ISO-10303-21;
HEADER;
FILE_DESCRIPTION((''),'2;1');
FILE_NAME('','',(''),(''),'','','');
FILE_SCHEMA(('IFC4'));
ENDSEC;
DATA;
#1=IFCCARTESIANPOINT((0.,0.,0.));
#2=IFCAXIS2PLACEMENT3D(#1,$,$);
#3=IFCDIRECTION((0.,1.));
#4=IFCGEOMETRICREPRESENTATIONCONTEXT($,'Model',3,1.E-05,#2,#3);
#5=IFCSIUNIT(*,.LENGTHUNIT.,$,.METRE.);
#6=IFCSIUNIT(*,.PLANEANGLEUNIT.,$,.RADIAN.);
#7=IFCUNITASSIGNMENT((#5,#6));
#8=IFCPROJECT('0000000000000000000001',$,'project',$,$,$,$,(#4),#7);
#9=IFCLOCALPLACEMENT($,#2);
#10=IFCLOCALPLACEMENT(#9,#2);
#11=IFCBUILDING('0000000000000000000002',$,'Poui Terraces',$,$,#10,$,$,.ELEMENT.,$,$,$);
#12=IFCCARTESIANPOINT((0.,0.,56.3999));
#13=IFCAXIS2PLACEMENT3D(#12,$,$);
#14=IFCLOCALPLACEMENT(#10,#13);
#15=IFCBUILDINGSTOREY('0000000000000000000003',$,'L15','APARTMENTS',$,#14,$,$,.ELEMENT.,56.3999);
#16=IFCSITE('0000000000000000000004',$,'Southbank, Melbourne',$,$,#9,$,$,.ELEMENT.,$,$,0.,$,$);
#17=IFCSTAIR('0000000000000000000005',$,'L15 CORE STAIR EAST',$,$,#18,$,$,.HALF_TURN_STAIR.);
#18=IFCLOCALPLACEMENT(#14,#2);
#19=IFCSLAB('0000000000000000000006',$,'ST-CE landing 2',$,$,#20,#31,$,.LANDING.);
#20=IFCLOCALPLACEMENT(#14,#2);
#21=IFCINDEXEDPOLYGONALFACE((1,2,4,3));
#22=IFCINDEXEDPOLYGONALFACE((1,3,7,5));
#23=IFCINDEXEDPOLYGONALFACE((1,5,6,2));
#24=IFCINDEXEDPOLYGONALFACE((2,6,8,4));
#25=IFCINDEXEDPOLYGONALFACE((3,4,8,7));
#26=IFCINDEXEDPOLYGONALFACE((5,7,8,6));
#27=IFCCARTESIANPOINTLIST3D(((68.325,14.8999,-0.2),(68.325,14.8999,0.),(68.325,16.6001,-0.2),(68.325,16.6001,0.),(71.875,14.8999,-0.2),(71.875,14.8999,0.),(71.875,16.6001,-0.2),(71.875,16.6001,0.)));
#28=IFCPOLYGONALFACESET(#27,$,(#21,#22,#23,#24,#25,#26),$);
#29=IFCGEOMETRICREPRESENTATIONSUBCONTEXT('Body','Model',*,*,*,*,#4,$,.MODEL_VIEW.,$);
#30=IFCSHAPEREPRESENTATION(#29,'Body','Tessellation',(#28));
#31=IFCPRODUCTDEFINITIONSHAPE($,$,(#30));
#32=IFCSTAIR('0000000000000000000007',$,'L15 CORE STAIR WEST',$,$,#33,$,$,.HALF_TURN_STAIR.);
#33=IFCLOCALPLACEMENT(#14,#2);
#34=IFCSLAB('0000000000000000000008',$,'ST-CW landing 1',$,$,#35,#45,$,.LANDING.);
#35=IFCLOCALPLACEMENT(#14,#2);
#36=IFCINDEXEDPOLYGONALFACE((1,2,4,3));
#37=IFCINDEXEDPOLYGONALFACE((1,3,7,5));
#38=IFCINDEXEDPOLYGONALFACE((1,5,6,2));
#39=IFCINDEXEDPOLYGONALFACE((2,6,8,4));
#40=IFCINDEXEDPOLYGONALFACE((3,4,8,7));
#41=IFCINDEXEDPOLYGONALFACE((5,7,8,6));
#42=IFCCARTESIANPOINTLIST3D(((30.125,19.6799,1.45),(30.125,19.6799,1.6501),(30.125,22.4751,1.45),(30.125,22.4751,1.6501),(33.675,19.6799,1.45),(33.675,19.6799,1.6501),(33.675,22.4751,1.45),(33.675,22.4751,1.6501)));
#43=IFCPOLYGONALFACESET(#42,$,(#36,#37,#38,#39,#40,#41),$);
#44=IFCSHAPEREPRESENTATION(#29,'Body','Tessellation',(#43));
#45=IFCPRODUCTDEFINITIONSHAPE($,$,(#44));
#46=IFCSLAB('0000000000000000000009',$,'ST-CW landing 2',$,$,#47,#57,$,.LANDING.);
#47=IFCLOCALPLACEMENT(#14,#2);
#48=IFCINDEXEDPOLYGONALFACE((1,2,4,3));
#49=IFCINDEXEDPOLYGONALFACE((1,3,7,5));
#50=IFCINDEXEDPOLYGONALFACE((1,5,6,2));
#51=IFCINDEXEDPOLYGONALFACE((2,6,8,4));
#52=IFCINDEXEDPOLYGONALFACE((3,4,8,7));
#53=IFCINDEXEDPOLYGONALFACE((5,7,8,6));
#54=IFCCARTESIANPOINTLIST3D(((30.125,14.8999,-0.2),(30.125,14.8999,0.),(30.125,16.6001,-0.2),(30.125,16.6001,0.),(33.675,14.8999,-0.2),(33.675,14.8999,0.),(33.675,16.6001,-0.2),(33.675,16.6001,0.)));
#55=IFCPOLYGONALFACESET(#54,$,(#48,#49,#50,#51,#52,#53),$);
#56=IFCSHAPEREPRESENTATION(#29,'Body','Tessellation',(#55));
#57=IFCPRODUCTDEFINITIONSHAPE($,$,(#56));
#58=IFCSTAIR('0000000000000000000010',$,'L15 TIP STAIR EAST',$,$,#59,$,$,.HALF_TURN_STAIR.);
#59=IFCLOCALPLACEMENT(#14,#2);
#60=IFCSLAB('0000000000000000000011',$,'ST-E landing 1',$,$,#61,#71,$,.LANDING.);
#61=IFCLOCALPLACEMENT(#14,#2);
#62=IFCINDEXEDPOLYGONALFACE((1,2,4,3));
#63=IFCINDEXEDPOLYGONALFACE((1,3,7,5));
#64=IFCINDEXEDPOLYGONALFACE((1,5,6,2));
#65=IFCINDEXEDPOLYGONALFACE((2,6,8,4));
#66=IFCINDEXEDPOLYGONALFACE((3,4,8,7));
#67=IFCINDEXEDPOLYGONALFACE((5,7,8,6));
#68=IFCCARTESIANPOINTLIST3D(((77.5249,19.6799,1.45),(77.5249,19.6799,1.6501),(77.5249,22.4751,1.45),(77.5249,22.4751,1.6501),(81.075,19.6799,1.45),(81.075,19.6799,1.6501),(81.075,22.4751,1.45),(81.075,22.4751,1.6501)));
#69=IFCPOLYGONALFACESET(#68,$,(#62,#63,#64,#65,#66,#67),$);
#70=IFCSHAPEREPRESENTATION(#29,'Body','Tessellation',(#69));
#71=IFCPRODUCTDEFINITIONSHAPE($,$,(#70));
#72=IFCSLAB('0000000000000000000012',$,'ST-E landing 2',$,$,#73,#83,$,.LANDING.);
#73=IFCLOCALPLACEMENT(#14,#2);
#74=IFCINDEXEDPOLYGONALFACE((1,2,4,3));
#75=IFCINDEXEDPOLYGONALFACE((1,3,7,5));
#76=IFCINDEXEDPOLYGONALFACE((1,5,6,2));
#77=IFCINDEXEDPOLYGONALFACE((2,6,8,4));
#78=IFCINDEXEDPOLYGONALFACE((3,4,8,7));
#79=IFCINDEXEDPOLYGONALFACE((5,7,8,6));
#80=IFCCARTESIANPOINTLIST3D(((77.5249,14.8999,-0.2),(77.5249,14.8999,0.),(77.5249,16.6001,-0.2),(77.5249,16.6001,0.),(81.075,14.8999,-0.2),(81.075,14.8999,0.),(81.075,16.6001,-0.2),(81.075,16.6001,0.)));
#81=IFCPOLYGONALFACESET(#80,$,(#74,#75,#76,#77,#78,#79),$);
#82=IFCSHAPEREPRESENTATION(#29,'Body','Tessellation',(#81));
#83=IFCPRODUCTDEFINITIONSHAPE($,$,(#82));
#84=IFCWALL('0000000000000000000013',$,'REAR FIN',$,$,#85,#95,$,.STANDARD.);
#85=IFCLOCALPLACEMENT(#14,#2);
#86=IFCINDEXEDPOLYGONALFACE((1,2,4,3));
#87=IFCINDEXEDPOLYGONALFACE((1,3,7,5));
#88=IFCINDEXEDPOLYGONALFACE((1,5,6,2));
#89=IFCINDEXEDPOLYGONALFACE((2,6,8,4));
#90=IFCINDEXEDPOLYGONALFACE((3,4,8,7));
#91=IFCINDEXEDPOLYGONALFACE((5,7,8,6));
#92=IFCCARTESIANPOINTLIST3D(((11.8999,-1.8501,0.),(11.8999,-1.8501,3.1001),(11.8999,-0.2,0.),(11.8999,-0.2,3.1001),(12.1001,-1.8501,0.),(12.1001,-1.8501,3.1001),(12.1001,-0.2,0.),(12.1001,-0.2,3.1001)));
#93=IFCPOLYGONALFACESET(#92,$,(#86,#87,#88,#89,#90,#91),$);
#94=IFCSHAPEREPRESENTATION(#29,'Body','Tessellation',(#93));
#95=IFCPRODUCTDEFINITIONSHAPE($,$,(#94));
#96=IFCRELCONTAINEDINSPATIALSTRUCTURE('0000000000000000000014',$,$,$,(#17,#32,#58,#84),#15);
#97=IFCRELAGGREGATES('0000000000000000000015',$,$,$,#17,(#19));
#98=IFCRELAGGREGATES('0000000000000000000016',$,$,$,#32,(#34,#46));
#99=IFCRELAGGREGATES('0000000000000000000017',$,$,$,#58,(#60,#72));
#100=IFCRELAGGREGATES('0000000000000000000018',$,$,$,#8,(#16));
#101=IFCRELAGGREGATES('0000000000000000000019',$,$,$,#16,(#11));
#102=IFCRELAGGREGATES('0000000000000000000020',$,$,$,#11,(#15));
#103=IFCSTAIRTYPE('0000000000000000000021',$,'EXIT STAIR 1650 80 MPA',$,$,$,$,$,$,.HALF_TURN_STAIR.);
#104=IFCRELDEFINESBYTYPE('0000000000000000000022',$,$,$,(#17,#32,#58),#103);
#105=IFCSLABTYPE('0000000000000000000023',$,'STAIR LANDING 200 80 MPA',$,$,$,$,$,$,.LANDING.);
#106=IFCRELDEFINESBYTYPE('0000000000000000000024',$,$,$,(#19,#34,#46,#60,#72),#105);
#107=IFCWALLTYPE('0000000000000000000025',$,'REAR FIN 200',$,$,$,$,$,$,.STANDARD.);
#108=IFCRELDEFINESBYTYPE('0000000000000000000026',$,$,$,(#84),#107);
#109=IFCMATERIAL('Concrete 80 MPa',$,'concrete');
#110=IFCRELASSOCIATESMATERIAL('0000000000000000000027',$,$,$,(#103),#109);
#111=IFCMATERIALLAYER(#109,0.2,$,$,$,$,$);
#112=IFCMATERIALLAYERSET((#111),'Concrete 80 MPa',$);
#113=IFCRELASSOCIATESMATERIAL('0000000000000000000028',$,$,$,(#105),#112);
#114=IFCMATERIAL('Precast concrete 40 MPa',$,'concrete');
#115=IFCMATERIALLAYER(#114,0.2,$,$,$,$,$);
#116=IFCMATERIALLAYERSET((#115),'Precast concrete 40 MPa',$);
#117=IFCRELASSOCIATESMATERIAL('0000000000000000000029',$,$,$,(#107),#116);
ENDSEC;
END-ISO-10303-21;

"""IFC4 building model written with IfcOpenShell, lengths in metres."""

from ifc_helpers import new_model, si_unit, direction, frame, origin, place, context, subcontext, project, spatial, polyline, outline, extrude, source, transform, mapped, material, layer, layer_set, type_object, element, aggregate, save


model = new_model("IFC4")

# Units and contexts
model_context = context("Model", 3, precision=1e-05, world=origin(), true_north=direction((0.0, 1.0)))
body_context = subcontext(model_context, "Body", "Model", "MODEL_VIEW")
ifc_project = project(units=[si_unit("LENGTHUNIT", "METRE"), si_unit("PLANEANGLEUNIT", "RADIAN")], contexts=[model_context])

# Site, building, storey
site_placement = place(None, origin())
site = spatial("IfcSite", under=ifc_project, at=site_placement, Name="Southbank, Melbourne", CompositionType="ELEMENT", RefElevation=0.0)
building_placement = place(site_placement, origin())
building = spatial("IfcBuilding", under=site, at=building_placement, Name="Poui Terraces", CompositionType="ELEMENT")
storey_placement = place(building_placement, frame((0.0, 0.0, 56.3999)))
storey = spatial("IfcBuildingStorey", under=building, at=storey_placement, Name="L15", Description="APARTMENTS", CompositionType="ELEMENT", Elevation=56.3999)

# Stair, slab
ifc_material_1 = material(Name="Concrete 80 MPa", Category="concrete")
stair_type = type_object("IfcStairType", Name="EXIT STAIR 1650 80 MPA", PredefinedType="HALF_TURN_STAIR", material=ifc_material_1)
stair_1_placement = place(storey_placement, origin())
stair_1 = element("IfcStair", 1, at=stair_1_placement, inside=storey, type_object=stair_type, Name="L15 CORE STAIR EAST", PredefinedType="HALF_TURN_STAIR")
ifc_layer_1 = layer(ifc_material_1, 0.2)
ifc_layer_set_1 = layer_set([ifc_layer_1], Name="Concrete 80 MPa")
slab_type = type_object("IfcSlabType", Name="STAIR LANDING 200 80 MPA", PredefinedType="LANDING", material=ifc_layer_set_1)
slab_1_placement = place(storey_placement, frame((0.0, 0.0, -0.2)))
slab_1 = element("IfcSlab", 2, at=slab_1_placement, type_object=slab_type, Name="ST-CE landing 2", PredefinedType="LANDING", context=body_context, shape_type="SweptSolid", body=[
    extrude(outline(polyline([(68.325, 14.8999), (71.875, 14.8999), (71.875, 16.6001), (68.325, 16.6001), (68.325, 14.8999)])), origin(), (0.0, 0.0, 1.0), 0.2),
])
aggregate(stair_1, [slab_1])

# Stairs, slabs
stair_2_placement = place(storey_placement, origin())
stair_2 = element("IfcStair", 3, at=stair_2_placement, inside=storey, type_object=stair_type, Name="L15 CORE STAIR WEST", PredefinedType="HALF_TURN_STAIR")
slab_2_placement = place(storey_placement, frame((0.0, 0.0, 1.45)))
slab_2 = element("IfcSlab", 4, at=slab_2_placement, type_object=slab_type, Name="ST-CW landing 1", PredefinedType="LANDING", context=body_context, shape_type="SweptSolid", body=[
    extrude(outline(polyline([(30.125, 19.6799), (33.675, 19.6799), (33.675, 22.4751), (30.125, 22.4751), (30.125, 19.6799)])), origin(), (0.0, 0.0, 1.0), 0.2002),
])
slab_3_placement = place(storey_placement, frame((0.0, 0.0, -0.2)))
slab_3 = element("IfcSlab", 5, at=slab_3_placement, type_object=slab_type, Name="ST-CW landing 2", PredefinedType="LANDING", context=body_context, shape_type="SweptSolid", body=[
    extrude(outline(polyline([(30.125, 14.8999), (33.675, 14.8999), (33.675, 16.6001), (30.125, 16.6001), (30.125, 14.8999)])), origin(), (0.0, 0.0, 1.0), 0.2),
])
aggregate(stair_2, [slab_2, slab_3])
stair_3_placement = place(storey_placement, origin())
stair_3 = element("IfcStair", 6, at=stair_3_placement, inside=storey, type_object=stair_type, Name="L15 TIP STAIR EAST", PredefinedType="HALF_TURN_STAIR")
slab_4_placement = place(storey_placement, frame((0.0, 0.0, 1.45)))
slab_4 = element("IfcSlab", 7, at=slab_4_placement, type_object=slab_type, Name="ST-E landing 1", PredefinedType="LANDING", context=body_context, shape_type="SweptSolid", body=[
    extrude(outline(polyline([(77.5249, 19.6799), (81.075, 19.6799), (81.075, 22.4751), (77.5249, 22.4751), (77.5249, 19.6799)])), origin(), (0.0, 0.0, 1.0), 0.2002),
])
slab_5_placement = place(storey_placement, frame((0.0, 0.0, -0.2)))
slab_5 = element("IfcSlab", 8, at=slab_5_placement, type_object=slab_type, Name="ST-E landing 2", PredefinedType="LANDING", context=body_context, shape_type="SweptSolid", body=[
    extrude(outline(polyline([(77.5249, 14.8999), (81.075, 14.8999), (81.075, 16.6001), (77.5249, 16.6001), (77.5249, 14.8999)])), origin(), (0.0, 0.0, 1.0), 0.2),
])
aggregate(stair_3, [slab_4, slab_5])

# Wall
ifc_material_2 = material(Name="Precast concrete 40 MPa", Category="concrete")
ifc_layer_2 = layer(ifc_material_2, 0.2)
ifc_layer_set_2 = layer_set([ifc_layer_2], Name="Precast concrete 40 MPa")
wall_type = type_object("IfcWallType", Name="REAR FIN 200", PredefinedType="STANDARD", material=ifc_layer_set_2)
shared_shape = source(origin(), body_context, "Body", "SweptSolid", [
    extrude(outline(polyline([(0.0, 0.0), (0.2002, 0.0), (0.2002, 1.6501), (0.0, 1.6501), (0.0, 0.0)])), origin(), (0.0, 0.0, 1.0), 3.1001),
])
wall_placement = place(storey_placement, frame((11.8999, -1.8501, 0.0)))
element("IfcWall", 9, at=wall_placement, inside=storey, type_object=wall_type, Name="REAR FIN", PredefinedType="STANDARD", context=body_context, shape_type="MappedRepresentation", body=[
    mapped(shared_shape, transform((0.0, 0.0, 0.0))),
])

save(model, "model.ifc")
